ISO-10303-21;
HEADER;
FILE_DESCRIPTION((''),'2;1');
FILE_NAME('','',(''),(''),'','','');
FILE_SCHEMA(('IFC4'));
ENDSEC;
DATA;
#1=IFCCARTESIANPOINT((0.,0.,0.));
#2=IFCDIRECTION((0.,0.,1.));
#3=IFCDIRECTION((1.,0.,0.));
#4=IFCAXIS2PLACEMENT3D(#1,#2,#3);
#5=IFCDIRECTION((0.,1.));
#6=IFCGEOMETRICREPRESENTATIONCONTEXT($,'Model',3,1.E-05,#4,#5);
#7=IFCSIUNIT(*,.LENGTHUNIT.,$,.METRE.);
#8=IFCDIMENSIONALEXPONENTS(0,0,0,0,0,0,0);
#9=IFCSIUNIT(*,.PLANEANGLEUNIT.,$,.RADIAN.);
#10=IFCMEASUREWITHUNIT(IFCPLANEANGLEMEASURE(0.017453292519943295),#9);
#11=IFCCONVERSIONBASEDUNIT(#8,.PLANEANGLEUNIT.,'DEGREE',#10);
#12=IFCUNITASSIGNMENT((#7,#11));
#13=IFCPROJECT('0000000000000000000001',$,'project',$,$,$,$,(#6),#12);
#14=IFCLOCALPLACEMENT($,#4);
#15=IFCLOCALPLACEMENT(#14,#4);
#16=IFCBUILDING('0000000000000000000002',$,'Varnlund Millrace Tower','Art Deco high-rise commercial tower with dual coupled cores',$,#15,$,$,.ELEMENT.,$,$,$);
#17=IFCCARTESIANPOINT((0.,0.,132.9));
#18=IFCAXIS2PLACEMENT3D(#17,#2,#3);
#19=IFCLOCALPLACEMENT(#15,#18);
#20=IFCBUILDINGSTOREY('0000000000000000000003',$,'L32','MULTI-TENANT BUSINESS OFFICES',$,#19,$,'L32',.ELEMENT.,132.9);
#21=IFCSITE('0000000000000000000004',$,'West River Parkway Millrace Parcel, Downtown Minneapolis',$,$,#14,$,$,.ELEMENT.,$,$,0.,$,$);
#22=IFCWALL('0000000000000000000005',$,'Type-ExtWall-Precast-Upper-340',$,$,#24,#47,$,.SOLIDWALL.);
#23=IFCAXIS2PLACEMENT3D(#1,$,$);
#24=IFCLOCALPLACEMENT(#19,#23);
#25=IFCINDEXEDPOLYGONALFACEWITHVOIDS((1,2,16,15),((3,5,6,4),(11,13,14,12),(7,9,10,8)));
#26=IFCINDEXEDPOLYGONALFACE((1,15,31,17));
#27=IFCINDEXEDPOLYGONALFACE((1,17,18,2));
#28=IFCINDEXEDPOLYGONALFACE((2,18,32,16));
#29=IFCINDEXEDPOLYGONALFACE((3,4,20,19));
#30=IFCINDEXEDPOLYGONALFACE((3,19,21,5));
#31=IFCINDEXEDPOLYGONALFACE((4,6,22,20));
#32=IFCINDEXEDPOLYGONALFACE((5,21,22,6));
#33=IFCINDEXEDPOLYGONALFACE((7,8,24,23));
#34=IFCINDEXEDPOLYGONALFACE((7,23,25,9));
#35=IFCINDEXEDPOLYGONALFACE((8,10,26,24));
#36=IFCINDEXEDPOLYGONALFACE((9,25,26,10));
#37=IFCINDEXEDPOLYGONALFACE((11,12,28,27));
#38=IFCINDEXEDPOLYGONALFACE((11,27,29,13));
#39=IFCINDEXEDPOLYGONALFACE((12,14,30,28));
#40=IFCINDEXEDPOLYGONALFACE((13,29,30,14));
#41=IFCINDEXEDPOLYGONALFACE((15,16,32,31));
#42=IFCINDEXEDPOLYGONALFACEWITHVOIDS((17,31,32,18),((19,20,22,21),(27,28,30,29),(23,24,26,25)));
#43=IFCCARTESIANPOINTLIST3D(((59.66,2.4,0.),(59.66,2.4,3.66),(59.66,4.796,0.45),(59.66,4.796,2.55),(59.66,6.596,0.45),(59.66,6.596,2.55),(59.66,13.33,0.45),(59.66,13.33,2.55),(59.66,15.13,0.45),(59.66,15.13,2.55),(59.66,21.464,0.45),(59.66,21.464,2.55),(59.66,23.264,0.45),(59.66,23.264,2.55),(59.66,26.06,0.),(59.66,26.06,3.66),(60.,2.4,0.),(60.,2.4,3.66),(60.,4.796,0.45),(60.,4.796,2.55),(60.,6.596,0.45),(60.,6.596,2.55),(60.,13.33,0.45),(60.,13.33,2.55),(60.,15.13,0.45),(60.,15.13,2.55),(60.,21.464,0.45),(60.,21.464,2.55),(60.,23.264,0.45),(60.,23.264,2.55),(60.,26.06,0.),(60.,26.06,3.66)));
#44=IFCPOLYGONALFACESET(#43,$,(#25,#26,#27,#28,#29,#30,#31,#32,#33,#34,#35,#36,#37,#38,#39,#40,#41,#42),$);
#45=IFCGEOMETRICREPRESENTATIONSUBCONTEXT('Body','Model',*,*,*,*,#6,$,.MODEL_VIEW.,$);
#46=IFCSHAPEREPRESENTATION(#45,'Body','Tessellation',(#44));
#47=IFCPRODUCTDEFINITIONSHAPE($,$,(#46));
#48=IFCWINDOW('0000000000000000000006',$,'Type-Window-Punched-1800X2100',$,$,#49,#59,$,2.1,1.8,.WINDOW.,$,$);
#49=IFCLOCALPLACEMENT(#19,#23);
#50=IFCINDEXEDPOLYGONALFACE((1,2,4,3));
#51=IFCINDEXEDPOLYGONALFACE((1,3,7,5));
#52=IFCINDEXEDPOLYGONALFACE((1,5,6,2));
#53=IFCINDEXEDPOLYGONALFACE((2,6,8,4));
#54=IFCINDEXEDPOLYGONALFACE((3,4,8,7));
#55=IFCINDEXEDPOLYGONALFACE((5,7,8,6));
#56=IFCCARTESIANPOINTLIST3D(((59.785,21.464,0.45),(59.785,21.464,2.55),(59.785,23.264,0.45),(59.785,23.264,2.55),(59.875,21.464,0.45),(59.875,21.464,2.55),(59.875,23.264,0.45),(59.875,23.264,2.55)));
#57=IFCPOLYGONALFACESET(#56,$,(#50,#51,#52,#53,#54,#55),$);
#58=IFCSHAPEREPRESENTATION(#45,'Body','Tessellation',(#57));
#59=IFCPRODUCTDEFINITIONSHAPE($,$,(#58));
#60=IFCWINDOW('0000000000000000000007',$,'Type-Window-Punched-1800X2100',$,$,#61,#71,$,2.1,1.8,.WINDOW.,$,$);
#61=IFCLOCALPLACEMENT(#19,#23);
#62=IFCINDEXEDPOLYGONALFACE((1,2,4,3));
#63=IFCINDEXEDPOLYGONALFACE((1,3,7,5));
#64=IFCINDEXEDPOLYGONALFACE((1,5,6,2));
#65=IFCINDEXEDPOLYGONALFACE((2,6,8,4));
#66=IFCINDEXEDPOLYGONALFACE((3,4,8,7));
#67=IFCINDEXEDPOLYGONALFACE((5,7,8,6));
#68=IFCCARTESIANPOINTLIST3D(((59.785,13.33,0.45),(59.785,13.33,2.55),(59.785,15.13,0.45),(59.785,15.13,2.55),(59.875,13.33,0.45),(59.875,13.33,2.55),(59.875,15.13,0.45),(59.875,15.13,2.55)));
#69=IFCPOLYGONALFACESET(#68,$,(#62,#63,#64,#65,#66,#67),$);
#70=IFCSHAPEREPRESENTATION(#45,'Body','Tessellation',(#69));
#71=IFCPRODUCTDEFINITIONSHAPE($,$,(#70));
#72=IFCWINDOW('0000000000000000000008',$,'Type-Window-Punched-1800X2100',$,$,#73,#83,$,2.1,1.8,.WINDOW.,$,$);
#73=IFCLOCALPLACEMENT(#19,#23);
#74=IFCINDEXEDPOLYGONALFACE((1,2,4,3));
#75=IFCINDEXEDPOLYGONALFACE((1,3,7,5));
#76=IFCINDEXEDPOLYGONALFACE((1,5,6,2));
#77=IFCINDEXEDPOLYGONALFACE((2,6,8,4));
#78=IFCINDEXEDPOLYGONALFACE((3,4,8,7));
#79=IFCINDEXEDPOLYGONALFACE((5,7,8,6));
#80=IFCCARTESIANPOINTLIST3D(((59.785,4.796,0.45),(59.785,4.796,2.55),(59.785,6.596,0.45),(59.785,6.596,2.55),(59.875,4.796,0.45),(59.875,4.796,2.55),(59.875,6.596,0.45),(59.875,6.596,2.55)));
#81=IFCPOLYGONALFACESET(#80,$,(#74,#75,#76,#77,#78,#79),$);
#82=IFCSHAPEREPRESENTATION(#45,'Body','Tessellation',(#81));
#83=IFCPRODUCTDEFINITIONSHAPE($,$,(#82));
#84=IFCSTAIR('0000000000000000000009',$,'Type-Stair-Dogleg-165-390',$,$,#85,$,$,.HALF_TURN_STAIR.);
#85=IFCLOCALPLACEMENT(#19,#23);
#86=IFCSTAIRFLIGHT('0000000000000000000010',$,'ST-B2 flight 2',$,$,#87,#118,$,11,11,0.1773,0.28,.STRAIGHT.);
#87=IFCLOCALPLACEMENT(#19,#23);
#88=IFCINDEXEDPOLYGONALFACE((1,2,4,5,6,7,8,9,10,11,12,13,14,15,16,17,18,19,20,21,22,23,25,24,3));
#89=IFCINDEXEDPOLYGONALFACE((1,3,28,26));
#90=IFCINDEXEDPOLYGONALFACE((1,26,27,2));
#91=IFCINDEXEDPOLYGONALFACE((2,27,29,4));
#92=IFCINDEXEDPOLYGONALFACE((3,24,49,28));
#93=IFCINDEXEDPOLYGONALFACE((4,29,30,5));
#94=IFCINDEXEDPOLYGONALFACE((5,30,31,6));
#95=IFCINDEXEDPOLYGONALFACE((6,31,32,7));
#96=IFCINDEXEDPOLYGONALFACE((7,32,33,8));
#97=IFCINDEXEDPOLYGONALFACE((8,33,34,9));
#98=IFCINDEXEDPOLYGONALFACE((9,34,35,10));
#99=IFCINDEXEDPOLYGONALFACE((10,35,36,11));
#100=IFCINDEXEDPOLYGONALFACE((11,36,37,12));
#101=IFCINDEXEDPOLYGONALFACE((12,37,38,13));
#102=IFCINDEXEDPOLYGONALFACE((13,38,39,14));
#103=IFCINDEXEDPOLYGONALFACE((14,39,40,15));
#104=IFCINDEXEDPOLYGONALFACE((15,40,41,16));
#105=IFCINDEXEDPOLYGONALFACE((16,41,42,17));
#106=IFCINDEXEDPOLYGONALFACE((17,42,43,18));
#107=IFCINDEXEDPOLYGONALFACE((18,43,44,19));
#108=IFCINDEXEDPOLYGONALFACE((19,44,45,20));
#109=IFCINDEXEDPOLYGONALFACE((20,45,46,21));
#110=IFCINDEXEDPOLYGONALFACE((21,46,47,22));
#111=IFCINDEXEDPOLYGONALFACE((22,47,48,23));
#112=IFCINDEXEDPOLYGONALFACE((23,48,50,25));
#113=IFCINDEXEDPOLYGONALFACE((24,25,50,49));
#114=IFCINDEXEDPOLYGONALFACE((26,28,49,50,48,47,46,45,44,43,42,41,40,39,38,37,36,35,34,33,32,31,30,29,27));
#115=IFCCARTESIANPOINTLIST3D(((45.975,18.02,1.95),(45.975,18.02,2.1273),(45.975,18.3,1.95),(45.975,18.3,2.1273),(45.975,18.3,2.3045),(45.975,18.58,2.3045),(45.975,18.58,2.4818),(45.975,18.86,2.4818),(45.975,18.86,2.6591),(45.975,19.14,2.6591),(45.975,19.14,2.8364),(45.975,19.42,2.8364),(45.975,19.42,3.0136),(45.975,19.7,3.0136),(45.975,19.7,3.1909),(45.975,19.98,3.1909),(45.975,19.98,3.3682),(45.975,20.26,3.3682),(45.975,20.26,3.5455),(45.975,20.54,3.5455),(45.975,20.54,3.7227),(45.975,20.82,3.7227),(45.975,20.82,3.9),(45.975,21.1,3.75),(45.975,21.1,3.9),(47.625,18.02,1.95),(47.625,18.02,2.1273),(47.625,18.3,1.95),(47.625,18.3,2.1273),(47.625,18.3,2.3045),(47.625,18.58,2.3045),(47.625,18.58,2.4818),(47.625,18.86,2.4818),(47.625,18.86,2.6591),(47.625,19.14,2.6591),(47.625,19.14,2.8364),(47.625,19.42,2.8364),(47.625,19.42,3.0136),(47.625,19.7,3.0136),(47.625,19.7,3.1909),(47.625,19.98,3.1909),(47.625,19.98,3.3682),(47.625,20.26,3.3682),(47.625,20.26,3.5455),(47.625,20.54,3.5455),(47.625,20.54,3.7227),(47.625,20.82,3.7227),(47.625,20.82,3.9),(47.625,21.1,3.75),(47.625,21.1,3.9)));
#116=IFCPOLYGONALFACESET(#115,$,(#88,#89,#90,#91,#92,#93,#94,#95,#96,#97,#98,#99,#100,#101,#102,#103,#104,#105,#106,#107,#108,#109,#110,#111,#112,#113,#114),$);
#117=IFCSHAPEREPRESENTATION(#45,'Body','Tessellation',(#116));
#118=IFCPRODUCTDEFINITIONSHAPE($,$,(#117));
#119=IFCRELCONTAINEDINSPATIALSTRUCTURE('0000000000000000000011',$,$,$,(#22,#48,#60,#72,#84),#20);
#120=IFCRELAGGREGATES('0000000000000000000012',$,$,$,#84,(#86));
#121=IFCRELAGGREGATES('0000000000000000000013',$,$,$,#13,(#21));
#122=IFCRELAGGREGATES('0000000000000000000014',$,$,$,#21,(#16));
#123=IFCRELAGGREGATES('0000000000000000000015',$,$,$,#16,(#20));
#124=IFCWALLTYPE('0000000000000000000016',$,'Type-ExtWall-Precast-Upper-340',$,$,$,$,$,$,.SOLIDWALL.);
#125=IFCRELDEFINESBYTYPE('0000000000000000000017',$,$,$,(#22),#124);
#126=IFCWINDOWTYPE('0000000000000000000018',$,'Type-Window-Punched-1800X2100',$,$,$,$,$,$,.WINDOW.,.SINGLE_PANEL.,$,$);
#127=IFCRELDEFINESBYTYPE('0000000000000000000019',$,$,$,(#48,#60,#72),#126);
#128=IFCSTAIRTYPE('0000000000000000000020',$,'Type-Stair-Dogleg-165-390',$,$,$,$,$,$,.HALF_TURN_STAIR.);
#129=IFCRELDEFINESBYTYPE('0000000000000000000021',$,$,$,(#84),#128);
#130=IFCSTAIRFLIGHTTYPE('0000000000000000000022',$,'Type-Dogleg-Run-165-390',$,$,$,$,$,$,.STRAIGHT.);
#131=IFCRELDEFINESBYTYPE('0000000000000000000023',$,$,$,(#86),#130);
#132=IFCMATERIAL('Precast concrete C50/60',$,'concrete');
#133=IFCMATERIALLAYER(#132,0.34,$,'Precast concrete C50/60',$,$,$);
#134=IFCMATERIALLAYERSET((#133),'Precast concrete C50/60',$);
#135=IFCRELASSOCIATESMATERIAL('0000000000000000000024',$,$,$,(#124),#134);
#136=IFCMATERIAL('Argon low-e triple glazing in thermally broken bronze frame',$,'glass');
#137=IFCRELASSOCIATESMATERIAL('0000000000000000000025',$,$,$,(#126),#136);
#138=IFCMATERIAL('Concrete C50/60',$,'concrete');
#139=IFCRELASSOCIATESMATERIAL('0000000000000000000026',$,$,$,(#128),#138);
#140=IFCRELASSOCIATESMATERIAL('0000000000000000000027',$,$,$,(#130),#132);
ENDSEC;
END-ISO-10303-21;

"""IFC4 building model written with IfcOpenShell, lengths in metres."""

from ifc_helpers import new_model, entity, si_unit, converted_unit, direction, frame, origin_with_axes, origin_2d_with_axis, place, context, subcontext, project, spatial, polyline, rectangle, outline, extrude, material, layer, layer_set, type_object, element, fill, aggregate, save


model = new_model("IFC4")

# Units and contexts
model_context = context("Model", 3, precision=1e-05, world=origin_with_axes(), true_north=direction((0.0, 1.0)))
body_context = subcontext(model_context, "Body", "Model", "MODEL_VIEW")
ifc_project = project(units=[si_unit("LENGTHUNIT", "METRE"), converted_unit("PLANEANGLEUNIT", "DEGREE", entity("IfcPlaneAngleMeasure", 0.017453292519943295), si_unit("PLANEANGLEUNIT", "RADIAN"), dimensions=[0, 0, 0, 0, 0, 0, 0])], contexts=[model_context])

# Site, building, storey
site_placement = place(None, origin_with_axes())
site = spatial("IfcSite", under=ifc_project, at=site_placement, Name="West River Parkway Millrace Parcel, Downtown Minneapolis", CompositionType="ELEMENT", RefElevation=0.0)
building_placement = place(site_placement, origin_with_axes())
building = spatial("IfcBuilding", under=site, at=building_placement, Name="Varnlund Millrace Tower", Description="Art Deco high-rise commercial tower with dual coupled cores", CompositionType="ELEMENT")
storey_placement = place(building_placement, frame((0.0, 0.0, 132.9), z_axis=(0.0, 0.0, 1.0), x_axis=(1.0, 0.0, 0.0)))
storey = spatial("IfcBuildingStorey", under=building, at=storey_placement, Name="L32", Description="MULTI-TENANT BUSINESS OFFICES", LongName="L32", CompositionType="ELEMENT", Elevation=132.9)

# Shared definitions
ifc_material_1 = material(Name="Precast concrete C50/60", Category="concrete")
ifc_layer = layer(ifc_material_1, 0.34, Name="Precast concrete C50/60")
ifc_layer_set = layer_set([ifc_layer], Name="Precast concrete C50/60")
wall_type = type_object("IfcWallType", Name="Type-ExtWall-Precast-Upper-340", PredefinedType="SOLIDWALL", material=ifc_layer_set)

# Wall, openings, windows
wall_1_placement = place(storey_placement, frame((59.83, 26.06, 0.0), z_axis=(0.0, 0.0, 1.0), x_axis=(0.0, -1.0, 0.0)))
wall_1 = element("IfcWall", 1, at=wall_1_placement, inside=storey, type_object=wall_type, Name="Type-ExtWall-Precast-Upper-340", PredefinedType="SOLIDWALL", context=body_context, shape_type="SweptSolid", body=[
    extrude(outline(polyline([(0.0, -0.17), (23.66, -0.17), (23.66, 0.17), (0.0, 0.17), (0.0, -0.17)])), origin_with_axes(), (0.0, 0.0, 1.0), 3.66),
])
opening_1_placement = place(wall_1_placement, frame((3.696, 0.0, 0.45), z_axis=(0.0, 0.0, 1.0), x_axis=(1.0, 0.0, 0.0)))
opening_1 = element("IfcOpeningElement", 2, at=opening_1_placement, cuts=wall_1, PredefinedType="OPENING", context=body_context, shape_type="SweptSolid", body=[
    extrude(rectangle(XDim=1.8, YDim=0.36, at=origin_2d_with_axis()), origin_with_axes(), (0.0, 0.0, 1.0), 2.1),
])
opening_2_placement = place(wall_1_placement, frame((11.83, 0.0, 0.45), z_axis=(0.0, 0.0, 1.0), x_axis=(1.0, 0.0, 0.0)))
opening_2 = element("IfcOpeningElement", 3, at=opening_2_placement, cuts=wall_1, PredefinedType="OPENING", context=body_context, shape_type="SweptSolid", body=[
    extrude(rectangle(XDim=1.8, YDim=0.36, at=origin_2d_with_axis()), origin_with_axes(), (0.0, 0.0, 1.0), 2.1),
])
opening_3_placement = place(wall_1_placement, frame((20.364, 0.0, 0.45), z_axis=(0.0, 0.0, 1.0), x_axis=(1.0, 0.0, 0.0)))
opening_3 = element("IfcOpeningElement", 4, at=opening_3_placement, cuts=wall_1, PredefinedType="OPENING", context=body_context, shape_type="SweptSolid", body=[
    extrude(rectangle(XDim=1.8, YDim=0.36, at=origin_2d_with_axis()), origin_with_axes(), (0.0, 0.0, 1.0), 2.1),
])
ifc_material_2 = material(Name="Argon low-e triple glazing in thermally broken bronze frame", Category="glass")
window_type = type_object("IfcWindowType", Name="Type-Window-Punched-1800X2100", PartitioningType="SINGLE_PANEL", PredefinedType="WINDOW", material=ifc_material_2)
window_1_placement = place(wall_1_placement, frame((3.696, 0.0, 0.45), z_axis=(0.0, 0.0, 1.0), x_axis=(1.0, 0.0, 0.0)))
window_1 = element("IfcWindow", 5, at=window_1_placement, inside=storey, type_object=window_type, Name="Type-Window-Punched-1800X2100", OverallHeight=2.1, OverallWidth=1.8, PredefinedType="WINDOW", context=body_context, shape_type="SweptSolid", body=[
    extrude(rectangle(XDim=1.8, YDim=0.09, at=origin_2d_with_axis()), origin_with_axes(), (0.0, 0.0, 1.0), 2.1),
])
fill(opening_1, window_1)
window_2_placement = place(wall_1_placement, frame((11.83, 0.0, 0.45), z_axis=(0.0, 0.0, 1.0), x_axis=(1.0, 0.0, 0.0)))
window_2 = element("IfcWindow", 6, at=window_2_placement, inside=storey, type_object=window_type, Name="Type-Window-Punched-1800X2100", OverallHeight=2.1, OverallWidth=1.8, PredefinedType="WINDOW", context=body_context, shape_type="SweptSolid", body=[
    extrude(rectangle(XDim=1.8, YDim=0.09, at=origin_2d_with_axis()), origin_with_axes(), (0.0, 0.0, 1.0), 2.1),
])
fill(opening_2, window_2)
window_3_placement = place(wall_1_placement, frame((20.364, 0.0, 0.45), z_axis=(0.0, 0.0, 1.0), x_axis=(1.0, 0.0, 0.0)))
window_3 = element("IfcWindow", 7, at=window_3_placement, inside=storey, type_object=window_type, Name="Type-Window-Punched-1800X2100", OverallHeight=2.1, OverallWidth=1.8, PredefinedType="WINDOW", context=body_context, shape_type="SweptSolid", body=[
    extrude(rectangle(XDim=1.8, YDim=0.09, at=origin_2d_with_axis()), origin_with_axes(), (0.0, 0.0, 1.0), 2.1),
])
fill(opening_3, window_3)

# Stair, stair flight
ifc_material_3 = material(Name="Concrete C50/60", Category="concrete")
stair_type = type_object("IfcStairType", Name="Type-Stair-Dogleg-165-390", PredefinedType="HALF_TURN_STAIR", material=ifc_material_3)
stair_placement = place(storey_placement, origin_with_axes())
stair = element("IfcStair", 8, at=stair_placement, inside=storey, type_object=stair_type, Name="Type-Stair-Dogleg-165-390", PredefinedType="HALF_TURN_STAIR")
stair_flight_type = type_object("IfcStairFlightType", Name="Type-Dogleg-Run-165-390", PredefinedType="STRAIGHT", material=ifc_material_1)
stair_flight_placement = place(storey_placement, frame((45.975, 18.02, 1.95), z_axis=(1.0, 0.0, 0.0), x_axis=(0.0, 1.0, 0.0)))
stair_flight = element("IfcStairFlight", 9, at=stair_flight_placement, type_object=stair_flight_type, Name="ST-B2 flight 2", NumberOfRisers=11, NumberOfTreads=11, PredefinedType="STRAIGHT", RiserHeight=0.1773, TreadLength=0.28, context=body_context, shape_type="SweptSolid", body=[
    extrude(outline(polyline([(0.0, 0.0), (0.0, 0.1773), (0.28, 0.1773), (0.28, 0.3545), (0.56, 0.3545), (0.56, 0.5318), (0.84, 0.5318), (0.84, 0.7091), (1.12, 0.7091), (1.12, 0.8864), (1.4, 0.8864), (1.4, 1.0636), (1.68, 1.0636), (1.68, 1.2409), (1.96, 1.2409), (1.96, 1.4182), (2.24, 1.4182), (2.24, 1.5955), (2.52, 1.5955), (2.52, 1.7727), (2.8, 1.7727), (2.8, 1.95), (3.08, 1.95), (3.08, 1.8), (0.28, 0.0), (0.0, 0.0)])), origin_with_axes(), (0.0, 0.0, 1.0), 1.65),
])
aggregate(stair, [stair_flight])

save(model, "model.ifc")
